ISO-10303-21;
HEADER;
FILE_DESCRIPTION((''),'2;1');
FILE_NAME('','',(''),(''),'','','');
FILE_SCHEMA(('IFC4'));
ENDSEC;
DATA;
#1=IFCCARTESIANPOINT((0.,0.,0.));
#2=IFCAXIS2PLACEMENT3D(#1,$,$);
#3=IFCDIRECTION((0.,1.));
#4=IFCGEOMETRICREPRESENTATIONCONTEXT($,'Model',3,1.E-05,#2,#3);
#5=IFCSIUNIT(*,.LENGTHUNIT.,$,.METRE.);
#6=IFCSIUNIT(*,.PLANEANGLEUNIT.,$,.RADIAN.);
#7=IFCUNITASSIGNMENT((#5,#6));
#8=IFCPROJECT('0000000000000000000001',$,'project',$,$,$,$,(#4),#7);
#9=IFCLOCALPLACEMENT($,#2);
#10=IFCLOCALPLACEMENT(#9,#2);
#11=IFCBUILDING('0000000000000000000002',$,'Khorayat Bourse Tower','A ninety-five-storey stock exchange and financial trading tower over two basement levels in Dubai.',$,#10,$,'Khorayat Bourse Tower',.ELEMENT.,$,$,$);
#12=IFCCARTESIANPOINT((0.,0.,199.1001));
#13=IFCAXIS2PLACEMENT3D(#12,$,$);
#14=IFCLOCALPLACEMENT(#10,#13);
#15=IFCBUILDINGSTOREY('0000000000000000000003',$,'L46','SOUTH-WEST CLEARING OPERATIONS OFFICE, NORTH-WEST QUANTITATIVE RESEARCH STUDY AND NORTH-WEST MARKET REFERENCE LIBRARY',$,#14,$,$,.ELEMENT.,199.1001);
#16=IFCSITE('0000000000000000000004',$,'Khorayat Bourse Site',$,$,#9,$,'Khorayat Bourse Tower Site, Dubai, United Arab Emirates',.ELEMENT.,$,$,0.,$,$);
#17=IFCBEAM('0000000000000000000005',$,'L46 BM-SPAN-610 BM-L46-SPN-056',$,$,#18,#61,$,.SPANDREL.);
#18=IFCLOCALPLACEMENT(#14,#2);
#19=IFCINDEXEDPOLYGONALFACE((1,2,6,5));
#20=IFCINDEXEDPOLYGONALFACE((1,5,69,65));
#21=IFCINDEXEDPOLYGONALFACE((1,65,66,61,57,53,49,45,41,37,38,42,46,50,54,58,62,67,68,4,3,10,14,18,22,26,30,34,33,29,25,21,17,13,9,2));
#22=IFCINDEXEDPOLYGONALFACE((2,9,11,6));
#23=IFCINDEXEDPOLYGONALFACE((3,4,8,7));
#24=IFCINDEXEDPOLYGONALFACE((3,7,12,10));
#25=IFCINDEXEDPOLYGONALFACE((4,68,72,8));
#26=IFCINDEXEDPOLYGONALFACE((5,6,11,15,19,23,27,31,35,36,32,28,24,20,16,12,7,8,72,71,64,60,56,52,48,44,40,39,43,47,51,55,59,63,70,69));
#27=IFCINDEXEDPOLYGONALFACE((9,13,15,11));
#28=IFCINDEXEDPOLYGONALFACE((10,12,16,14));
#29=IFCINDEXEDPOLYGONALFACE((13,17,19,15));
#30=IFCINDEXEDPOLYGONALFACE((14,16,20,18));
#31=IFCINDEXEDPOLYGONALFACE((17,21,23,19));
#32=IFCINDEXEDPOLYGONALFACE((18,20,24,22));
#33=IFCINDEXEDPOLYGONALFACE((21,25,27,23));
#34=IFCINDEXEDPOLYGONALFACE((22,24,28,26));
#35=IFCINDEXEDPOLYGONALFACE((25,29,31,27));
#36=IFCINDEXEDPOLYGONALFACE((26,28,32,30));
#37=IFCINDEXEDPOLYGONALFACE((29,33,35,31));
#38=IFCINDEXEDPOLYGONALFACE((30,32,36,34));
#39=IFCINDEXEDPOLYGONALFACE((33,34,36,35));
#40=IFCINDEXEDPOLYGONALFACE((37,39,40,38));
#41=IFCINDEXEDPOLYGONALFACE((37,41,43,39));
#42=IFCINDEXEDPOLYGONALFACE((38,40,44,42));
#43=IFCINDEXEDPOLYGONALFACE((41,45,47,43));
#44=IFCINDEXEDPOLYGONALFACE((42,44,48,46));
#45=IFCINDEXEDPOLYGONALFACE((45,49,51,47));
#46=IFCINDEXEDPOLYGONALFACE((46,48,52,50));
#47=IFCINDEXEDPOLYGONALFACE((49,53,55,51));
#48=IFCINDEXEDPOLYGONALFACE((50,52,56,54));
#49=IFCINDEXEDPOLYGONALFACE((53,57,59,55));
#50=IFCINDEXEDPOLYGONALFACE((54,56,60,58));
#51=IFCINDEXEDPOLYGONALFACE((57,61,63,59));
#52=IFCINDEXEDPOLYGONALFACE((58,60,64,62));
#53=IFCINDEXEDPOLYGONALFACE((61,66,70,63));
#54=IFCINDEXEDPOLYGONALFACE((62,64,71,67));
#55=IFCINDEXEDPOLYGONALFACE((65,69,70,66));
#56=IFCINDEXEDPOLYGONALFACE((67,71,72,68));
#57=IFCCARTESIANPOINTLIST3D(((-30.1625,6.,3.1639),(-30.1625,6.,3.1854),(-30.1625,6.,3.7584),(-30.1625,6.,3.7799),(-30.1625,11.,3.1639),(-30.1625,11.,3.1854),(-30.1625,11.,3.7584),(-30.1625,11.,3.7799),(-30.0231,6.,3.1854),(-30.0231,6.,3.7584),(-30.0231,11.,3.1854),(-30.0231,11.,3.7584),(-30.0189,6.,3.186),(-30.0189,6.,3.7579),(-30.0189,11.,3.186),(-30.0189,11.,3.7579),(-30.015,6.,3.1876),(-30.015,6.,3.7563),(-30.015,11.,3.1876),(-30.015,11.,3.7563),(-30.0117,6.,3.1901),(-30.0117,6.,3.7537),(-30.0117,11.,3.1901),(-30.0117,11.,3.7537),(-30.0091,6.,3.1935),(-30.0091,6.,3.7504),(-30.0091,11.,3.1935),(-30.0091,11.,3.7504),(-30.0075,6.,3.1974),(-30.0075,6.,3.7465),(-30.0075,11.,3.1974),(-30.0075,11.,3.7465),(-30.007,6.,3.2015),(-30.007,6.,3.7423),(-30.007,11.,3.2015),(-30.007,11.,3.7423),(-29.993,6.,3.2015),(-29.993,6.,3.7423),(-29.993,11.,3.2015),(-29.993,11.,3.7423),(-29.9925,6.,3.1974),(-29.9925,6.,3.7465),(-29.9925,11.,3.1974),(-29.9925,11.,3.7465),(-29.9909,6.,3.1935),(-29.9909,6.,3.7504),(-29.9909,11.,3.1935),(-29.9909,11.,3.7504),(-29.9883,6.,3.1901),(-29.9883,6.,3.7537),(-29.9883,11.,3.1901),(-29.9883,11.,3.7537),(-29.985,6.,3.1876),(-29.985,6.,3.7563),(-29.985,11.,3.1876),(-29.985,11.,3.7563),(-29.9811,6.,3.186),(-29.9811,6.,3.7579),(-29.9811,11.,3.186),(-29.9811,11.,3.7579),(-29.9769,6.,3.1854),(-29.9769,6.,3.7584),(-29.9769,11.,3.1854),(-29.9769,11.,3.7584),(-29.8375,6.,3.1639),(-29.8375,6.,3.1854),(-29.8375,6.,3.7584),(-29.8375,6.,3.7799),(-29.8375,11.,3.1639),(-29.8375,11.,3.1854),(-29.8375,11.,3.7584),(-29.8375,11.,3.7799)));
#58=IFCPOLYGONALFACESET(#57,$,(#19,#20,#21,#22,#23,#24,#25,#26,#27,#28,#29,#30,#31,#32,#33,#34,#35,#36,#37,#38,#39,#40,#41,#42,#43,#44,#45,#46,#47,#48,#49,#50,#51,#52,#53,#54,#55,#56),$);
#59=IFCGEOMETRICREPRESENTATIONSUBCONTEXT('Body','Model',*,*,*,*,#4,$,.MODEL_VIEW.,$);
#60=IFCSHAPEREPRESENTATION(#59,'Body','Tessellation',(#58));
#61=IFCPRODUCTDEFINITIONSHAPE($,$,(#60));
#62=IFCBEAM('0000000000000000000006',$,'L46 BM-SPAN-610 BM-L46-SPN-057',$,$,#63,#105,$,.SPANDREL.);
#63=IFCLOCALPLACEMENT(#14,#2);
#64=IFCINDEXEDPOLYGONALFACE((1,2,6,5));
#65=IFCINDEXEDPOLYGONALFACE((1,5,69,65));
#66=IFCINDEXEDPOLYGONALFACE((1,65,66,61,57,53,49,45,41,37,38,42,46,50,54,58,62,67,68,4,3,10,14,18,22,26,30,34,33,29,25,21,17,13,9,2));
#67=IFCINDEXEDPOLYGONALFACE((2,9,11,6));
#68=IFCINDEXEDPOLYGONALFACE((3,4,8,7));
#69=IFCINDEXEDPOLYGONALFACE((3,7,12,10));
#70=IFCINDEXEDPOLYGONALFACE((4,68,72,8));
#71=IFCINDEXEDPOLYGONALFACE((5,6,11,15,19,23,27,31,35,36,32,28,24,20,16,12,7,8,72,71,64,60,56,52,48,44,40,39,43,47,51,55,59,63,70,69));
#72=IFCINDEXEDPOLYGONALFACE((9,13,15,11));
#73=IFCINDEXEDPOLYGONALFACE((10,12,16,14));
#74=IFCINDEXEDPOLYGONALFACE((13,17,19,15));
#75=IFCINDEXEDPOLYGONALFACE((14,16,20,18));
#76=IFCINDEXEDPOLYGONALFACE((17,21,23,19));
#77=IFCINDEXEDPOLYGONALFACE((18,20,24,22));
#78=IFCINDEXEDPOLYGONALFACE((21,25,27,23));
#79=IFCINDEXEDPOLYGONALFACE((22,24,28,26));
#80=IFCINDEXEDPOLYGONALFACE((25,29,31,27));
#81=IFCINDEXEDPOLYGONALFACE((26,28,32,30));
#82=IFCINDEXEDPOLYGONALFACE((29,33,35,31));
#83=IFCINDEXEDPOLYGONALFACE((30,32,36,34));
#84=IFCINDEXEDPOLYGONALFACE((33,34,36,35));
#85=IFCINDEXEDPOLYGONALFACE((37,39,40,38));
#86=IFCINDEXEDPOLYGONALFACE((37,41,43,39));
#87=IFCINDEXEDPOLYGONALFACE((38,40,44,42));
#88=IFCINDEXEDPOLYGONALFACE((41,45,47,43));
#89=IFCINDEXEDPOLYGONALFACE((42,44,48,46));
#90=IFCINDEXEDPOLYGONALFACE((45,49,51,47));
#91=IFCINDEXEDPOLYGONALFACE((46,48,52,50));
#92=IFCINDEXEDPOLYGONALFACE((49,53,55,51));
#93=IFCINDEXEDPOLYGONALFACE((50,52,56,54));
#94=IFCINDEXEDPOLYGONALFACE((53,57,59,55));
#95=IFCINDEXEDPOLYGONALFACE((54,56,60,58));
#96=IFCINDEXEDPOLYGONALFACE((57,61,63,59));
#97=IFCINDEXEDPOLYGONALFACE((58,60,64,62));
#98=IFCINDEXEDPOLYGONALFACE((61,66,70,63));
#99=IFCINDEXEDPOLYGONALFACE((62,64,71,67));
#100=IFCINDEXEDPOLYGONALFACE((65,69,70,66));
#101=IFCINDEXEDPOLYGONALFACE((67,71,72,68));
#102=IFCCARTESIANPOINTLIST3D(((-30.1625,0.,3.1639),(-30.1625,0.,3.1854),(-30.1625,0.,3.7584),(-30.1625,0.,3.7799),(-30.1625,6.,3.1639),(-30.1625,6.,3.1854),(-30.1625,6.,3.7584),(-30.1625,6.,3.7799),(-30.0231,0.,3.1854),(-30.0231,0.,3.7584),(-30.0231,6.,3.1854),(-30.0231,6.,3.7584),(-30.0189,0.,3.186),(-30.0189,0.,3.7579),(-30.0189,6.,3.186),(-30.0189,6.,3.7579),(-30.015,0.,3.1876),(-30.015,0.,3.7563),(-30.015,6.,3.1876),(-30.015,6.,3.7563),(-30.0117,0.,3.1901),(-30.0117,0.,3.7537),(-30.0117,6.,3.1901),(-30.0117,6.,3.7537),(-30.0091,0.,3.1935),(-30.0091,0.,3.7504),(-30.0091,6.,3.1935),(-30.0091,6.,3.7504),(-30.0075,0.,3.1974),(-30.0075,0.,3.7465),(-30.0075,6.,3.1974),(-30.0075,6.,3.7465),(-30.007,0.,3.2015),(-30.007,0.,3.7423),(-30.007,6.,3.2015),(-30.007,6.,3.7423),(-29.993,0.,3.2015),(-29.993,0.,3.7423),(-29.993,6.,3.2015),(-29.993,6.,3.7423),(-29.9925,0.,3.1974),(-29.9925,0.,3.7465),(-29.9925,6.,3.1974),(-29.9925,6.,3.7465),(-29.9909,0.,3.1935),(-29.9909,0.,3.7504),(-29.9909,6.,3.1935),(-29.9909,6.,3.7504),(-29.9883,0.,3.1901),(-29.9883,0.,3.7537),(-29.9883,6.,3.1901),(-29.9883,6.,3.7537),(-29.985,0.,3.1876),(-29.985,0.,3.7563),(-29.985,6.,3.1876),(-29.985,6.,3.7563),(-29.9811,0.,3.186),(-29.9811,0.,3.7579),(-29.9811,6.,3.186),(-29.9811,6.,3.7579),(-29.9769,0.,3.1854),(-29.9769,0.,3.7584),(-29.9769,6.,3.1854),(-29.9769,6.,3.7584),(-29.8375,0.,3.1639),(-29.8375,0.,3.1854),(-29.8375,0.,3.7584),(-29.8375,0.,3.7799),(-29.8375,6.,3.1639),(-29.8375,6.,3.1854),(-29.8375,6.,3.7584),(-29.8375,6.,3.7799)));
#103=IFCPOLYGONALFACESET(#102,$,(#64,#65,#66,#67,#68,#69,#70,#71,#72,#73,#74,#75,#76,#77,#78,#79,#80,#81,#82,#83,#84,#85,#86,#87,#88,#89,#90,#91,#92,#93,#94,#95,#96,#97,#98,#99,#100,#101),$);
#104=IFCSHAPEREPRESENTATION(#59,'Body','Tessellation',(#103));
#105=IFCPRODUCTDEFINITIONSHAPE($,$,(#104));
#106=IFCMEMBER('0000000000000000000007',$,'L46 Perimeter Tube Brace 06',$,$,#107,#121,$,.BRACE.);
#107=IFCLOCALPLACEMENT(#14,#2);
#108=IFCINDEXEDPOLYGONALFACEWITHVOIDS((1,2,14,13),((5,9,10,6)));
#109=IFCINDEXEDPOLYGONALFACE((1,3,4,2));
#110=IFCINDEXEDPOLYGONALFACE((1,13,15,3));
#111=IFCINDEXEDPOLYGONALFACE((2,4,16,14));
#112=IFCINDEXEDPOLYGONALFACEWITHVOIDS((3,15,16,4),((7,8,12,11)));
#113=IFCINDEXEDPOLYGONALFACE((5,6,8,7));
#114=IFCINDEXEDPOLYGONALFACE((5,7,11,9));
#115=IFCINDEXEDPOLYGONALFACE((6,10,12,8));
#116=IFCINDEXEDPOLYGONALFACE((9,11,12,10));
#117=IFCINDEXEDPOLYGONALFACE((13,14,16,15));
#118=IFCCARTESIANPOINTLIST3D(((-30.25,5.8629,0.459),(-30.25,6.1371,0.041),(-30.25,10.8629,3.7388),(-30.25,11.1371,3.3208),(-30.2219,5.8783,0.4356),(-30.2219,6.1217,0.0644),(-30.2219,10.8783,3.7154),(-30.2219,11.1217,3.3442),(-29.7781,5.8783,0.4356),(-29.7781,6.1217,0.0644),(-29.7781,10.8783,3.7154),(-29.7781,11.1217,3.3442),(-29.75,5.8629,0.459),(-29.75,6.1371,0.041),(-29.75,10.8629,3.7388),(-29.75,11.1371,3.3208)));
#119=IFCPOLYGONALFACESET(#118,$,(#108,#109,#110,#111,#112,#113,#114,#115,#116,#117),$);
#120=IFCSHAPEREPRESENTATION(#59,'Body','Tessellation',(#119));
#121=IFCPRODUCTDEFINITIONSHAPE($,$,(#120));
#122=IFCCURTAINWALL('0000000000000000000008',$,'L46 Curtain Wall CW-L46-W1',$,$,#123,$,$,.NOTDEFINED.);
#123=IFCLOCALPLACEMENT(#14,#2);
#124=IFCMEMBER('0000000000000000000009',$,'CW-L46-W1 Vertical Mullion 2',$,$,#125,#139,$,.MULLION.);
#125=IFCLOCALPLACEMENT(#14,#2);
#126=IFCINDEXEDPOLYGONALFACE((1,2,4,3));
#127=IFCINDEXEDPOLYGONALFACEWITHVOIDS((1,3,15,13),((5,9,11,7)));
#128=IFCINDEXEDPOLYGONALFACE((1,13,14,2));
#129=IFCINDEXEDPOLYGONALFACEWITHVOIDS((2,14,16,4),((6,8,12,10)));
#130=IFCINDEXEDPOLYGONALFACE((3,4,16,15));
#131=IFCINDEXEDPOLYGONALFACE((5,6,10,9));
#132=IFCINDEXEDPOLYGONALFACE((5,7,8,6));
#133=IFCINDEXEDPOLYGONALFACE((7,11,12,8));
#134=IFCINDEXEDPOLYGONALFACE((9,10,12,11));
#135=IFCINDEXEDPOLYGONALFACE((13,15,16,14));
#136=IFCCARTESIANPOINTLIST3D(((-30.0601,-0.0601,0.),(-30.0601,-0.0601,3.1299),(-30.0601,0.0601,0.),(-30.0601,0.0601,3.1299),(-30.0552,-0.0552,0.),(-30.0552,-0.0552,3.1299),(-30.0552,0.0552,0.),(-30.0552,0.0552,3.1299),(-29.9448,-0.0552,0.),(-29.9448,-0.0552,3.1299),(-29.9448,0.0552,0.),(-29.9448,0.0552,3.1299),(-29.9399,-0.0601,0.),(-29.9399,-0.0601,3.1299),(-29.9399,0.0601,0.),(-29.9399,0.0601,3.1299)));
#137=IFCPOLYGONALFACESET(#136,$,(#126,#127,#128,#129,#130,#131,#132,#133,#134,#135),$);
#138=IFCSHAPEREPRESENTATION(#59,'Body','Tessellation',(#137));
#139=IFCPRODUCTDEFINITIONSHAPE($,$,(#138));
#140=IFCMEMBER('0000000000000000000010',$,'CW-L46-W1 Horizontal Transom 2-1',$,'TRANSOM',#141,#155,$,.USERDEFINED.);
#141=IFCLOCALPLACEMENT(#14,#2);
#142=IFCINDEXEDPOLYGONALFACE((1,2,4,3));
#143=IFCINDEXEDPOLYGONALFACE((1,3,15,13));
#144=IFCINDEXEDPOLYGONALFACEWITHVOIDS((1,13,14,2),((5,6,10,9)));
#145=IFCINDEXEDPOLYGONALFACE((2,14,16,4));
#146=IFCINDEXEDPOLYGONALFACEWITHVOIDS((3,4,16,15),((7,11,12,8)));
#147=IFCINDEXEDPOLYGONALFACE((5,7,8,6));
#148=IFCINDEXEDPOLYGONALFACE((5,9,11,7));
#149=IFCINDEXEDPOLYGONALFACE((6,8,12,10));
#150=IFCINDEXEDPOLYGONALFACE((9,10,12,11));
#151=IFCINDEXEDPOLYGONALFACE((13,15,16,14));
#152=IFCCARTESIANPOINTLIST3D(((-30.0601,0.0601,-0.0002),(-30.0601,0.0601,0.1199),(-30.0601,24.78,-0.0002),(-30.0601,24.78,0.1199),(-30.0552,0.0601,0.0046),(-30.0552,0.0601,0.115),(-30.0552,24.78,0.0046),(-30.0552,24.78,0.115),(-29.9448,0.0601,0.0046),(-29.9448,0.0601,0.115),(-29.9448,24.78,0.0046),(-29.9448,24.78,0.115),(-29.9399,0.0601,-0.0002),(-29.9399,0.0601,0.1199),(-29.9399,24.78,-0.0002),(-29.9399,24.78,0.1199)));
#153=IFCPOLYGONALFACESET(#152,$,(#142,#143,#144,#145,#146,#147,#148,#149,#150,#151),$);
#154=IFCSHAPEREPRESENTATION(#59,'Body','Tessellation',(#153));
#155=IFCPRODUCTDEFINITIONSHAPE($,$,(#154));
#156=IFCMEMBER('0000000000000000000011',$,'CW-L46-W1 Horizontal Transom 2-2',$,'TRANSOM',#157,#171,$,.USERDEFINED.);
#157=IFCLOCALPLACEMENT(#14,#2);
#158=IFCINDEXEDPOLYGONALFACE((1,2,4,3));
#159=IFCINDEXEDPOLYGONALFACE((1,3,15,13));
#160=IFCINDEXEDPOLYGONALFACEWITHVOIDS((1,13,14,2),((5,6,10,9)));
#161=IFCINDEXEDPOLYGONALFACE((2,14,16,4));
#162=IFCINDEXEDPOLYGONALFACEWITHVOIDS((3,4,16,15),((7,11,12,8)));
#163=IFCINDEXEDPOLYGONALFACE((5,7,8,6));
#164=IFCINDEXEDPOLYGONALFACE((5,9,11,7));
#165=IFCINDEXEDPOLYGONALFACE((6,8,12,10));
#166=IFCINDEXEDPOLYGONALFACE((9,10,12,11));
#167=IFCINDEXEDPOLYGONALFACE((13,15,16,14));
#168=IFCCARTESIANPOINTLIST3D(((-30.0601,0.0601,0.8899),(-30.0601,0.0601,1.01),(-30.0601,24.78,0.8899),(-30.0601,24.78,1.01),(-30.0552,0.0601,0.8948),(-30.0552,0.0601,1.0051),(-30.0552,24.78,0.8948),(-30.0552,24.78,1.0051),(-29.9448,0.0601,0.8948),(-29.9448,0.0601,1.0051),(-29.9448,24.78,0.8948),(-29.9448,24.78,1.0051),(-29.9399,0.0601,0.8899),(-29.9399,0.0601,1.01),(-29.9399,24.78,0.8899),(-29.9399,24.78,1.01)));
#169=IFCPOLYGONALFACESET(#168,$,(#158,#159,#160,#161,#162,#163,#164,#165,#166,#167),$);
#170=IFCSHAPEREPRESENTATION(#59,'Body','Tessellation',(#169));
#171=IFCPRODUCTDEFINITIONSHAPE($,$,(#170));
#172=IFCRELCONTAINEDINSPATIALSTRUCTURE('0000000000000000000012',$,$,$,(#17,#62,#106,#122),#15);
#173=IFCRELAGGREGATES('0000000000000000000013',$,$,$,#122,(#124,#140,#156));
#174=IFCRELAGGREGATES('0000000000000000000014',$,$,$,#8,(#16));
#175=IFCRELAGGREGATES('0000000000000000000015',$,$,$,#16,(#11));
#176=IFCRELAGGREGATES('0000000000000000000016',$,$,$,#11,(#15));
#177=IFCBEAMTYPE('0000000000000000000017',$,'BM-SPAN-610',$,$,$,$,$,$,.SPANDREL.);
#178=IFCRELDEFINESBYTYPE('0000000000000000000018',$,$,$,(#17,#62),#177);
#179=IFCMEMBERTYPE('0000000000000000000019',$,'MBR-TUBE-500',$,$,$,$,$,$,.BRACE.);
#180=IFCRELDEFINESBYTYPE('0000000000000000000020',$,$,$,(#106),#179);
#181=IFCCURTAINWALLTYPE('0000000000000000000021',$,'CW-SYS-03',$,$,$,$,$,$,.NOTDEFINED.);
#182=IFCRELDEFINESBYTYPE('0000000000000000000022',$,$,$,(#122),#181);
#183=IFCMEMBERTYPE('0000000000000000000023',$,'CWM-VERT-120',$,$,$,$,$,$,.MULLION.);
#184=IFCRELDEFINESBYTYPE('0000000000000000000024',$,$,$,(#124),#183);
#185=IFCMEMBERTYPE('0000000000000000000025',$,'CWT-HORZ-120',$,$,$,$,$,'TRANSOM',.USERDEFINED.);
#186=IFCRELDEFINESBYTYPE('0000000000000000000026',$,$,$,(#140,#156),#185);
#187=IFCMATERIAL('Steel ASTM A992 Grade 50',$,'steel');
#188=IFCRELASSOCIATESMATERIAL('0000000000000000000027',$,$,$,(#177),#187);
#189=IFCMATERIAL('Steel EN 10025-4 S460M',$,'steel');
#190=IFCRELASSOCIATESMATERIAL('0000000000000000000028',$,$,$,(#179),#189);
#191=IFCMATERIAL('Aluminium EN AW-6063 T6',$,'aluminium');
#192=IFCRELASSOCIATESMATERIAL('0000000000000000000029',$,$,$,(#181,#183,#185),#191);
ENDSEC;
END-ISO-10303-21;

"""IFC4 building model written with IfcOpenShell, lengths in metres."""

from ifc_helpers import new_model, si_unit, direction, frame, origin, origin_2d, place, context, subcontext, project, spatial, hollow_rectangle, i_section, extrude, source, transform, mapped, material, material_profile, profile_set, type_object, element, aggregate, save


model = new_model("IFC4")

# Units and contexts
model_context = context("Model", 3, precision=1e-05, world=origin(), true_north=direction((0.0, 1.0)))
body_context = subcontext(model_context, "Body", "Model", "MODEL_VIEW")
ifc_project = project(units=[si_unit("LENGTHUNIT", "METRE"), si_unit("PLANEANGLEUNIT", "RADIAN")], contexts=[model_context])

# Site, building, storey
site_placement = place(None, origin())
site = spatial("IfcSite", under=ifc_project, at=site_placement, Name="Khorayat Bourse Site", LongName="Khorayat Bourse Tower Site, Dubai, United Arab Emirates", CompositionType="ELEMENT", RefElevation=0.0)
building_placement = place(site_placement, origin())
building = spatial("IfcBuilding", under=site, at=building_placement, Name="Khorayat Bourse Tower", Description="A ninety-five-storey stock exchange and financial trading tower over two basement levels in Dubai.", LongName="Khorayat Bourse Tower", CompositionType="ELEMENT")
storey_placement = place(building_placement, frame((0.0, 0.0, 199.1001)))
storey = spatial("IfcBuildingStorey", under=building, at=storey_placement, Name="L46", Description="SOUTH-WEST CLEARING OPERATIONS OFFICE, NORTH-WEST QUANTITATIVE RESEARCH STUDY AND NORTH-WEST MARKET REFERENCE LIBRARY", CompositionType="ELEMENT", Elevation=199.1001)

# Shared definitions
ifc_material_1 = material(Name="Steel EN 10025-4 S460M", Category="steel")

# Beams
ifc_material_2 = material(Name="Steel ASTM A992 Grade 50", Category="steel")
ifc_material_profile_1 = material_profile(ifc_material_2, i_section(OverallWidth=0.325, OverallDepth=0.616, WebThickness=0.0139, FlangeThickness=0.0215, FilletRadius=0.0161, at=origin_2d()), Name="W610X174")
ifc_profile_set_1 = profile_set([ifc_material_profile_1], Name="Steel ASTM A992 Grade 50")
beam_type_1 = type_object("IfcBeamType", Name="BM-SPAN-610", PredefinedType="SPANDREL", material=ifc_profile_set_1)
shared_shape_1 = source(origin(), body_context, "Body", "SweptSolid", [
    extrude(i_section(OverallWidth=0.325, OverallDepth=0.616, WebThickness=0.0139, FlangeThickness=0.0215, FilletRadius=0.0161, at=origin_2d()), origin(), (0.0, 0.0, 1.0), 5.0),
])
beam_1_placement = place(storey_placement, frame((-30.0, 6.0, 3.4719), z_axis=(0.0, 1.0, 0.0), x_axis=(-1.0, 0.0, 0.0)))
element("IfcBeam", 1, at=beam_1_placement, inside=storey, type_object=beam_type_1, Name="L46 BM-SPAN-610 BM-L46-SPN-056", PredefinedType="SPANDREL", context=body_context, shape_type="MappedRepresentation", body=[
    mapped(shared_shape_1, transform((0.0, 0.0, 0.0), scale=1.0)),
])
shared_shape_2 = source(origin(), body_context, "Body", "SweptSolid", [
    extrude(i_section(OverallWidth=0.325, OverallDepth=0.616, WebThickness=0.0139, FlangeThickness=0.0215, FilletRadius=0.0161, at=origin_2d()), origin(), (0.0, 0.0, 1.0), 6.0),
])
beam_2_placement = place(storey_placement, frame((-30.0, 0.0, 3.4719), z_axis=(0.0, 1.0, 0.0), x_axis=(-1.0, 0.0, 0.0)))
element("IfcBeam", 2, at=beam_2_placement, inside=storey, type_object=beam_type_1, Name="L46 BM-SPAN-610 BM-L46-SPN-057", PredefinedType="SPANDREL", context=body_context, shape_type="MappedRepresentation", body=[
    mapped(shared_shape_2, transform((0.0, 0.0, 0.0), scale=1.0)),
])

# Member
ifc_material_profile_2 = material_profile(ifc_material_1, hollow_rectangle(XDim=0.5, YDim=0.5, WallThickness=0.0281, at=origin_2d()), Name="HSS 500x500x28")
ifc_profile_set_2 = profile_set([ifc_material_profile_2], Name="Steel EN 10025-4 S460M")
member_type_1 = type_object("IfcMemberType", Name="MBR-TUBE-500", PredefinedType="BRACE", material=ifc_profile_set_2)
shared_shape_3 = source(origin(), body_context, "Body", "SweptSolid", [
    extrude(hollow_rectangle(XDim=0.5, YDim=0.5, WallThickness=0.0281, at=origin_2d()), origin(), (0.0, 0.0, 1.0), 5.9797),
])
member_1_placement = place(storey_placement, frame((-30.0, 6.0, 0.25), z_axis=(0.0, 0.83616, 0.548485), x_axis=(-1.0, 0.0, 0.0)))
element("IfcMember", 3, at=member_1_placement, inside=storey, type_object=member_type_1, Name="L46 Perimeter Tube Brace 06", PredefinedType="BRACE", context=body_context, shape_type="MappedRepresentation", body=[
    mapped(shared_shape_3, transform((0.0, 0.0, 0.0), scale=1.0)),
])

# Curtain wall, members
ifc_material_3 = material(Name="Aluminium EN AW-6063 T6", Category="aluminium")
curtain_wall_type = type_object("IfcCurtainWallType", Name="CW-SYS-03", PredefinedType="NOTDEFINED", material=ifc_material_3)
curtain_wall_placement = place(storey_placement, origin())
curtain_wall = element("IfcCurtainWall", 4, at=curtain_wall_placement, inside=storey, type_object=curtain_wall_type, Name="L46 Curtain Wall CW-L46-W1", PredefinedType="NOTDEFINED")
ifc_material_profile_3 = material_profile(ifc_material_3, hollow_rectangle(XDim=0.1201, YDim=0.1201, WallThickness=0.0049, at=origin_2d()), Name="ALU 120x120x5")
ifc_profile_set_3 = profile_set([ifc_material_profile_3], Name="Aluminium EN AW-6063 T6")
member_type_2 = type_object("IfcMemberType", Name="CWM-VERT-120", PredefinedType="MULLION", material=ifc_profile_set_3)
shared_shape_4 = source(origin(), body_context, "Body", "SweptSolid", [
    extrude(hollow_rectangle(XDim=0.1201, YDim=0.1201, WallThickness=0.0049, at=origin_2d()), origin(), (0.0, 0.0, 1.0), 3.1299),
])
member_2_placement = place(storey_placement, frame((-30.0, 0.0, 0.0), z_axis=(0.0, 0.0, 1.0), x_axis=(-1.0, 0.0, 0.0)))
member_2 = element("IfcMember", 5, at=member_2_placement, type_object=member_type_2, Name="CW-L46-W1 Vertical Mullion 2", PredefinedType="MULLION", context=body_context, shape_type="MappedRepresentation", body=[
    mapped(shared_shape_4, transform((0.0, 0.0, 0.0), scale=1.0)),
])
ifc_material_profile_4 = material_profile(ifc_material_3, hollow_rectangle(XDim=0.1201, YDim=0.1201, WallThickness=0.0049, at=origin_2d()), Name="ALU 120x120x5")
ifc_profile_set_4 = profile_set([ifc_material_profile_4], Name="Aluminium EN AW-6063 T6")
member_type_3 = type_object("IfcMemberType", Name="CWT-HORZ-120", ElementType="TRANSOM", PredefinedType="USERDEFINED", material=ifc_profile_set_4)
shared_shape_5 = source(origin(), body_context, "Body", "SweptSolid", [
    extrude(hollow_rectangle(XDim=0.1201, YDim=0.1201, WallThickness=0.0049, at=origin_2d()), origin(), (0.0, 0.0, 1.0), 24.72),
])
member_3_placement = place(storey_placement, frame((-30.0, 0.0601, 0.0598), z_axis=(0.0, 1.0, 0.0), x_axis=(-1.0, 0.0, 0.0)))
member_3 = element("IfcMember", 6, at=member_3_placement, type_object=member_type_3, Name="CW-L46-W1 Horizontal Transom 2-1", ObjectType="TRANSOM", PredefinedType="USERDEFINED", context=body_context, shape_type="MappedRepresentation", body=[
    mapped(shared_shape_5, transform((0.0, 0.0, 0.0), scale=1.0)),
])
member_4_placement = place(storey_placement, frame((-30.0, 0.0601, 0.95), z_axis=(0.0, 1.0, 0.0), x_axis=(-1.0, 0.0, 0.0)))
member_4 = element("IfcMember", 7, at=member_4_placement, type_object=member_type_3, Name="CW-L46-W1 Horizontal Transom 2-2", ObjectType="TRANSOM", PredefinedType="USERDEFINED", context=body_context, shape_type="MappedRepresentation", body=[
    mapped(shared_shape_5, transform((0.0, 0.0, 0.0), scale=1.0)),
])
aggregate(curtain_wall, [member_2, member_3, member_4])

save(model, "model.ifc")
